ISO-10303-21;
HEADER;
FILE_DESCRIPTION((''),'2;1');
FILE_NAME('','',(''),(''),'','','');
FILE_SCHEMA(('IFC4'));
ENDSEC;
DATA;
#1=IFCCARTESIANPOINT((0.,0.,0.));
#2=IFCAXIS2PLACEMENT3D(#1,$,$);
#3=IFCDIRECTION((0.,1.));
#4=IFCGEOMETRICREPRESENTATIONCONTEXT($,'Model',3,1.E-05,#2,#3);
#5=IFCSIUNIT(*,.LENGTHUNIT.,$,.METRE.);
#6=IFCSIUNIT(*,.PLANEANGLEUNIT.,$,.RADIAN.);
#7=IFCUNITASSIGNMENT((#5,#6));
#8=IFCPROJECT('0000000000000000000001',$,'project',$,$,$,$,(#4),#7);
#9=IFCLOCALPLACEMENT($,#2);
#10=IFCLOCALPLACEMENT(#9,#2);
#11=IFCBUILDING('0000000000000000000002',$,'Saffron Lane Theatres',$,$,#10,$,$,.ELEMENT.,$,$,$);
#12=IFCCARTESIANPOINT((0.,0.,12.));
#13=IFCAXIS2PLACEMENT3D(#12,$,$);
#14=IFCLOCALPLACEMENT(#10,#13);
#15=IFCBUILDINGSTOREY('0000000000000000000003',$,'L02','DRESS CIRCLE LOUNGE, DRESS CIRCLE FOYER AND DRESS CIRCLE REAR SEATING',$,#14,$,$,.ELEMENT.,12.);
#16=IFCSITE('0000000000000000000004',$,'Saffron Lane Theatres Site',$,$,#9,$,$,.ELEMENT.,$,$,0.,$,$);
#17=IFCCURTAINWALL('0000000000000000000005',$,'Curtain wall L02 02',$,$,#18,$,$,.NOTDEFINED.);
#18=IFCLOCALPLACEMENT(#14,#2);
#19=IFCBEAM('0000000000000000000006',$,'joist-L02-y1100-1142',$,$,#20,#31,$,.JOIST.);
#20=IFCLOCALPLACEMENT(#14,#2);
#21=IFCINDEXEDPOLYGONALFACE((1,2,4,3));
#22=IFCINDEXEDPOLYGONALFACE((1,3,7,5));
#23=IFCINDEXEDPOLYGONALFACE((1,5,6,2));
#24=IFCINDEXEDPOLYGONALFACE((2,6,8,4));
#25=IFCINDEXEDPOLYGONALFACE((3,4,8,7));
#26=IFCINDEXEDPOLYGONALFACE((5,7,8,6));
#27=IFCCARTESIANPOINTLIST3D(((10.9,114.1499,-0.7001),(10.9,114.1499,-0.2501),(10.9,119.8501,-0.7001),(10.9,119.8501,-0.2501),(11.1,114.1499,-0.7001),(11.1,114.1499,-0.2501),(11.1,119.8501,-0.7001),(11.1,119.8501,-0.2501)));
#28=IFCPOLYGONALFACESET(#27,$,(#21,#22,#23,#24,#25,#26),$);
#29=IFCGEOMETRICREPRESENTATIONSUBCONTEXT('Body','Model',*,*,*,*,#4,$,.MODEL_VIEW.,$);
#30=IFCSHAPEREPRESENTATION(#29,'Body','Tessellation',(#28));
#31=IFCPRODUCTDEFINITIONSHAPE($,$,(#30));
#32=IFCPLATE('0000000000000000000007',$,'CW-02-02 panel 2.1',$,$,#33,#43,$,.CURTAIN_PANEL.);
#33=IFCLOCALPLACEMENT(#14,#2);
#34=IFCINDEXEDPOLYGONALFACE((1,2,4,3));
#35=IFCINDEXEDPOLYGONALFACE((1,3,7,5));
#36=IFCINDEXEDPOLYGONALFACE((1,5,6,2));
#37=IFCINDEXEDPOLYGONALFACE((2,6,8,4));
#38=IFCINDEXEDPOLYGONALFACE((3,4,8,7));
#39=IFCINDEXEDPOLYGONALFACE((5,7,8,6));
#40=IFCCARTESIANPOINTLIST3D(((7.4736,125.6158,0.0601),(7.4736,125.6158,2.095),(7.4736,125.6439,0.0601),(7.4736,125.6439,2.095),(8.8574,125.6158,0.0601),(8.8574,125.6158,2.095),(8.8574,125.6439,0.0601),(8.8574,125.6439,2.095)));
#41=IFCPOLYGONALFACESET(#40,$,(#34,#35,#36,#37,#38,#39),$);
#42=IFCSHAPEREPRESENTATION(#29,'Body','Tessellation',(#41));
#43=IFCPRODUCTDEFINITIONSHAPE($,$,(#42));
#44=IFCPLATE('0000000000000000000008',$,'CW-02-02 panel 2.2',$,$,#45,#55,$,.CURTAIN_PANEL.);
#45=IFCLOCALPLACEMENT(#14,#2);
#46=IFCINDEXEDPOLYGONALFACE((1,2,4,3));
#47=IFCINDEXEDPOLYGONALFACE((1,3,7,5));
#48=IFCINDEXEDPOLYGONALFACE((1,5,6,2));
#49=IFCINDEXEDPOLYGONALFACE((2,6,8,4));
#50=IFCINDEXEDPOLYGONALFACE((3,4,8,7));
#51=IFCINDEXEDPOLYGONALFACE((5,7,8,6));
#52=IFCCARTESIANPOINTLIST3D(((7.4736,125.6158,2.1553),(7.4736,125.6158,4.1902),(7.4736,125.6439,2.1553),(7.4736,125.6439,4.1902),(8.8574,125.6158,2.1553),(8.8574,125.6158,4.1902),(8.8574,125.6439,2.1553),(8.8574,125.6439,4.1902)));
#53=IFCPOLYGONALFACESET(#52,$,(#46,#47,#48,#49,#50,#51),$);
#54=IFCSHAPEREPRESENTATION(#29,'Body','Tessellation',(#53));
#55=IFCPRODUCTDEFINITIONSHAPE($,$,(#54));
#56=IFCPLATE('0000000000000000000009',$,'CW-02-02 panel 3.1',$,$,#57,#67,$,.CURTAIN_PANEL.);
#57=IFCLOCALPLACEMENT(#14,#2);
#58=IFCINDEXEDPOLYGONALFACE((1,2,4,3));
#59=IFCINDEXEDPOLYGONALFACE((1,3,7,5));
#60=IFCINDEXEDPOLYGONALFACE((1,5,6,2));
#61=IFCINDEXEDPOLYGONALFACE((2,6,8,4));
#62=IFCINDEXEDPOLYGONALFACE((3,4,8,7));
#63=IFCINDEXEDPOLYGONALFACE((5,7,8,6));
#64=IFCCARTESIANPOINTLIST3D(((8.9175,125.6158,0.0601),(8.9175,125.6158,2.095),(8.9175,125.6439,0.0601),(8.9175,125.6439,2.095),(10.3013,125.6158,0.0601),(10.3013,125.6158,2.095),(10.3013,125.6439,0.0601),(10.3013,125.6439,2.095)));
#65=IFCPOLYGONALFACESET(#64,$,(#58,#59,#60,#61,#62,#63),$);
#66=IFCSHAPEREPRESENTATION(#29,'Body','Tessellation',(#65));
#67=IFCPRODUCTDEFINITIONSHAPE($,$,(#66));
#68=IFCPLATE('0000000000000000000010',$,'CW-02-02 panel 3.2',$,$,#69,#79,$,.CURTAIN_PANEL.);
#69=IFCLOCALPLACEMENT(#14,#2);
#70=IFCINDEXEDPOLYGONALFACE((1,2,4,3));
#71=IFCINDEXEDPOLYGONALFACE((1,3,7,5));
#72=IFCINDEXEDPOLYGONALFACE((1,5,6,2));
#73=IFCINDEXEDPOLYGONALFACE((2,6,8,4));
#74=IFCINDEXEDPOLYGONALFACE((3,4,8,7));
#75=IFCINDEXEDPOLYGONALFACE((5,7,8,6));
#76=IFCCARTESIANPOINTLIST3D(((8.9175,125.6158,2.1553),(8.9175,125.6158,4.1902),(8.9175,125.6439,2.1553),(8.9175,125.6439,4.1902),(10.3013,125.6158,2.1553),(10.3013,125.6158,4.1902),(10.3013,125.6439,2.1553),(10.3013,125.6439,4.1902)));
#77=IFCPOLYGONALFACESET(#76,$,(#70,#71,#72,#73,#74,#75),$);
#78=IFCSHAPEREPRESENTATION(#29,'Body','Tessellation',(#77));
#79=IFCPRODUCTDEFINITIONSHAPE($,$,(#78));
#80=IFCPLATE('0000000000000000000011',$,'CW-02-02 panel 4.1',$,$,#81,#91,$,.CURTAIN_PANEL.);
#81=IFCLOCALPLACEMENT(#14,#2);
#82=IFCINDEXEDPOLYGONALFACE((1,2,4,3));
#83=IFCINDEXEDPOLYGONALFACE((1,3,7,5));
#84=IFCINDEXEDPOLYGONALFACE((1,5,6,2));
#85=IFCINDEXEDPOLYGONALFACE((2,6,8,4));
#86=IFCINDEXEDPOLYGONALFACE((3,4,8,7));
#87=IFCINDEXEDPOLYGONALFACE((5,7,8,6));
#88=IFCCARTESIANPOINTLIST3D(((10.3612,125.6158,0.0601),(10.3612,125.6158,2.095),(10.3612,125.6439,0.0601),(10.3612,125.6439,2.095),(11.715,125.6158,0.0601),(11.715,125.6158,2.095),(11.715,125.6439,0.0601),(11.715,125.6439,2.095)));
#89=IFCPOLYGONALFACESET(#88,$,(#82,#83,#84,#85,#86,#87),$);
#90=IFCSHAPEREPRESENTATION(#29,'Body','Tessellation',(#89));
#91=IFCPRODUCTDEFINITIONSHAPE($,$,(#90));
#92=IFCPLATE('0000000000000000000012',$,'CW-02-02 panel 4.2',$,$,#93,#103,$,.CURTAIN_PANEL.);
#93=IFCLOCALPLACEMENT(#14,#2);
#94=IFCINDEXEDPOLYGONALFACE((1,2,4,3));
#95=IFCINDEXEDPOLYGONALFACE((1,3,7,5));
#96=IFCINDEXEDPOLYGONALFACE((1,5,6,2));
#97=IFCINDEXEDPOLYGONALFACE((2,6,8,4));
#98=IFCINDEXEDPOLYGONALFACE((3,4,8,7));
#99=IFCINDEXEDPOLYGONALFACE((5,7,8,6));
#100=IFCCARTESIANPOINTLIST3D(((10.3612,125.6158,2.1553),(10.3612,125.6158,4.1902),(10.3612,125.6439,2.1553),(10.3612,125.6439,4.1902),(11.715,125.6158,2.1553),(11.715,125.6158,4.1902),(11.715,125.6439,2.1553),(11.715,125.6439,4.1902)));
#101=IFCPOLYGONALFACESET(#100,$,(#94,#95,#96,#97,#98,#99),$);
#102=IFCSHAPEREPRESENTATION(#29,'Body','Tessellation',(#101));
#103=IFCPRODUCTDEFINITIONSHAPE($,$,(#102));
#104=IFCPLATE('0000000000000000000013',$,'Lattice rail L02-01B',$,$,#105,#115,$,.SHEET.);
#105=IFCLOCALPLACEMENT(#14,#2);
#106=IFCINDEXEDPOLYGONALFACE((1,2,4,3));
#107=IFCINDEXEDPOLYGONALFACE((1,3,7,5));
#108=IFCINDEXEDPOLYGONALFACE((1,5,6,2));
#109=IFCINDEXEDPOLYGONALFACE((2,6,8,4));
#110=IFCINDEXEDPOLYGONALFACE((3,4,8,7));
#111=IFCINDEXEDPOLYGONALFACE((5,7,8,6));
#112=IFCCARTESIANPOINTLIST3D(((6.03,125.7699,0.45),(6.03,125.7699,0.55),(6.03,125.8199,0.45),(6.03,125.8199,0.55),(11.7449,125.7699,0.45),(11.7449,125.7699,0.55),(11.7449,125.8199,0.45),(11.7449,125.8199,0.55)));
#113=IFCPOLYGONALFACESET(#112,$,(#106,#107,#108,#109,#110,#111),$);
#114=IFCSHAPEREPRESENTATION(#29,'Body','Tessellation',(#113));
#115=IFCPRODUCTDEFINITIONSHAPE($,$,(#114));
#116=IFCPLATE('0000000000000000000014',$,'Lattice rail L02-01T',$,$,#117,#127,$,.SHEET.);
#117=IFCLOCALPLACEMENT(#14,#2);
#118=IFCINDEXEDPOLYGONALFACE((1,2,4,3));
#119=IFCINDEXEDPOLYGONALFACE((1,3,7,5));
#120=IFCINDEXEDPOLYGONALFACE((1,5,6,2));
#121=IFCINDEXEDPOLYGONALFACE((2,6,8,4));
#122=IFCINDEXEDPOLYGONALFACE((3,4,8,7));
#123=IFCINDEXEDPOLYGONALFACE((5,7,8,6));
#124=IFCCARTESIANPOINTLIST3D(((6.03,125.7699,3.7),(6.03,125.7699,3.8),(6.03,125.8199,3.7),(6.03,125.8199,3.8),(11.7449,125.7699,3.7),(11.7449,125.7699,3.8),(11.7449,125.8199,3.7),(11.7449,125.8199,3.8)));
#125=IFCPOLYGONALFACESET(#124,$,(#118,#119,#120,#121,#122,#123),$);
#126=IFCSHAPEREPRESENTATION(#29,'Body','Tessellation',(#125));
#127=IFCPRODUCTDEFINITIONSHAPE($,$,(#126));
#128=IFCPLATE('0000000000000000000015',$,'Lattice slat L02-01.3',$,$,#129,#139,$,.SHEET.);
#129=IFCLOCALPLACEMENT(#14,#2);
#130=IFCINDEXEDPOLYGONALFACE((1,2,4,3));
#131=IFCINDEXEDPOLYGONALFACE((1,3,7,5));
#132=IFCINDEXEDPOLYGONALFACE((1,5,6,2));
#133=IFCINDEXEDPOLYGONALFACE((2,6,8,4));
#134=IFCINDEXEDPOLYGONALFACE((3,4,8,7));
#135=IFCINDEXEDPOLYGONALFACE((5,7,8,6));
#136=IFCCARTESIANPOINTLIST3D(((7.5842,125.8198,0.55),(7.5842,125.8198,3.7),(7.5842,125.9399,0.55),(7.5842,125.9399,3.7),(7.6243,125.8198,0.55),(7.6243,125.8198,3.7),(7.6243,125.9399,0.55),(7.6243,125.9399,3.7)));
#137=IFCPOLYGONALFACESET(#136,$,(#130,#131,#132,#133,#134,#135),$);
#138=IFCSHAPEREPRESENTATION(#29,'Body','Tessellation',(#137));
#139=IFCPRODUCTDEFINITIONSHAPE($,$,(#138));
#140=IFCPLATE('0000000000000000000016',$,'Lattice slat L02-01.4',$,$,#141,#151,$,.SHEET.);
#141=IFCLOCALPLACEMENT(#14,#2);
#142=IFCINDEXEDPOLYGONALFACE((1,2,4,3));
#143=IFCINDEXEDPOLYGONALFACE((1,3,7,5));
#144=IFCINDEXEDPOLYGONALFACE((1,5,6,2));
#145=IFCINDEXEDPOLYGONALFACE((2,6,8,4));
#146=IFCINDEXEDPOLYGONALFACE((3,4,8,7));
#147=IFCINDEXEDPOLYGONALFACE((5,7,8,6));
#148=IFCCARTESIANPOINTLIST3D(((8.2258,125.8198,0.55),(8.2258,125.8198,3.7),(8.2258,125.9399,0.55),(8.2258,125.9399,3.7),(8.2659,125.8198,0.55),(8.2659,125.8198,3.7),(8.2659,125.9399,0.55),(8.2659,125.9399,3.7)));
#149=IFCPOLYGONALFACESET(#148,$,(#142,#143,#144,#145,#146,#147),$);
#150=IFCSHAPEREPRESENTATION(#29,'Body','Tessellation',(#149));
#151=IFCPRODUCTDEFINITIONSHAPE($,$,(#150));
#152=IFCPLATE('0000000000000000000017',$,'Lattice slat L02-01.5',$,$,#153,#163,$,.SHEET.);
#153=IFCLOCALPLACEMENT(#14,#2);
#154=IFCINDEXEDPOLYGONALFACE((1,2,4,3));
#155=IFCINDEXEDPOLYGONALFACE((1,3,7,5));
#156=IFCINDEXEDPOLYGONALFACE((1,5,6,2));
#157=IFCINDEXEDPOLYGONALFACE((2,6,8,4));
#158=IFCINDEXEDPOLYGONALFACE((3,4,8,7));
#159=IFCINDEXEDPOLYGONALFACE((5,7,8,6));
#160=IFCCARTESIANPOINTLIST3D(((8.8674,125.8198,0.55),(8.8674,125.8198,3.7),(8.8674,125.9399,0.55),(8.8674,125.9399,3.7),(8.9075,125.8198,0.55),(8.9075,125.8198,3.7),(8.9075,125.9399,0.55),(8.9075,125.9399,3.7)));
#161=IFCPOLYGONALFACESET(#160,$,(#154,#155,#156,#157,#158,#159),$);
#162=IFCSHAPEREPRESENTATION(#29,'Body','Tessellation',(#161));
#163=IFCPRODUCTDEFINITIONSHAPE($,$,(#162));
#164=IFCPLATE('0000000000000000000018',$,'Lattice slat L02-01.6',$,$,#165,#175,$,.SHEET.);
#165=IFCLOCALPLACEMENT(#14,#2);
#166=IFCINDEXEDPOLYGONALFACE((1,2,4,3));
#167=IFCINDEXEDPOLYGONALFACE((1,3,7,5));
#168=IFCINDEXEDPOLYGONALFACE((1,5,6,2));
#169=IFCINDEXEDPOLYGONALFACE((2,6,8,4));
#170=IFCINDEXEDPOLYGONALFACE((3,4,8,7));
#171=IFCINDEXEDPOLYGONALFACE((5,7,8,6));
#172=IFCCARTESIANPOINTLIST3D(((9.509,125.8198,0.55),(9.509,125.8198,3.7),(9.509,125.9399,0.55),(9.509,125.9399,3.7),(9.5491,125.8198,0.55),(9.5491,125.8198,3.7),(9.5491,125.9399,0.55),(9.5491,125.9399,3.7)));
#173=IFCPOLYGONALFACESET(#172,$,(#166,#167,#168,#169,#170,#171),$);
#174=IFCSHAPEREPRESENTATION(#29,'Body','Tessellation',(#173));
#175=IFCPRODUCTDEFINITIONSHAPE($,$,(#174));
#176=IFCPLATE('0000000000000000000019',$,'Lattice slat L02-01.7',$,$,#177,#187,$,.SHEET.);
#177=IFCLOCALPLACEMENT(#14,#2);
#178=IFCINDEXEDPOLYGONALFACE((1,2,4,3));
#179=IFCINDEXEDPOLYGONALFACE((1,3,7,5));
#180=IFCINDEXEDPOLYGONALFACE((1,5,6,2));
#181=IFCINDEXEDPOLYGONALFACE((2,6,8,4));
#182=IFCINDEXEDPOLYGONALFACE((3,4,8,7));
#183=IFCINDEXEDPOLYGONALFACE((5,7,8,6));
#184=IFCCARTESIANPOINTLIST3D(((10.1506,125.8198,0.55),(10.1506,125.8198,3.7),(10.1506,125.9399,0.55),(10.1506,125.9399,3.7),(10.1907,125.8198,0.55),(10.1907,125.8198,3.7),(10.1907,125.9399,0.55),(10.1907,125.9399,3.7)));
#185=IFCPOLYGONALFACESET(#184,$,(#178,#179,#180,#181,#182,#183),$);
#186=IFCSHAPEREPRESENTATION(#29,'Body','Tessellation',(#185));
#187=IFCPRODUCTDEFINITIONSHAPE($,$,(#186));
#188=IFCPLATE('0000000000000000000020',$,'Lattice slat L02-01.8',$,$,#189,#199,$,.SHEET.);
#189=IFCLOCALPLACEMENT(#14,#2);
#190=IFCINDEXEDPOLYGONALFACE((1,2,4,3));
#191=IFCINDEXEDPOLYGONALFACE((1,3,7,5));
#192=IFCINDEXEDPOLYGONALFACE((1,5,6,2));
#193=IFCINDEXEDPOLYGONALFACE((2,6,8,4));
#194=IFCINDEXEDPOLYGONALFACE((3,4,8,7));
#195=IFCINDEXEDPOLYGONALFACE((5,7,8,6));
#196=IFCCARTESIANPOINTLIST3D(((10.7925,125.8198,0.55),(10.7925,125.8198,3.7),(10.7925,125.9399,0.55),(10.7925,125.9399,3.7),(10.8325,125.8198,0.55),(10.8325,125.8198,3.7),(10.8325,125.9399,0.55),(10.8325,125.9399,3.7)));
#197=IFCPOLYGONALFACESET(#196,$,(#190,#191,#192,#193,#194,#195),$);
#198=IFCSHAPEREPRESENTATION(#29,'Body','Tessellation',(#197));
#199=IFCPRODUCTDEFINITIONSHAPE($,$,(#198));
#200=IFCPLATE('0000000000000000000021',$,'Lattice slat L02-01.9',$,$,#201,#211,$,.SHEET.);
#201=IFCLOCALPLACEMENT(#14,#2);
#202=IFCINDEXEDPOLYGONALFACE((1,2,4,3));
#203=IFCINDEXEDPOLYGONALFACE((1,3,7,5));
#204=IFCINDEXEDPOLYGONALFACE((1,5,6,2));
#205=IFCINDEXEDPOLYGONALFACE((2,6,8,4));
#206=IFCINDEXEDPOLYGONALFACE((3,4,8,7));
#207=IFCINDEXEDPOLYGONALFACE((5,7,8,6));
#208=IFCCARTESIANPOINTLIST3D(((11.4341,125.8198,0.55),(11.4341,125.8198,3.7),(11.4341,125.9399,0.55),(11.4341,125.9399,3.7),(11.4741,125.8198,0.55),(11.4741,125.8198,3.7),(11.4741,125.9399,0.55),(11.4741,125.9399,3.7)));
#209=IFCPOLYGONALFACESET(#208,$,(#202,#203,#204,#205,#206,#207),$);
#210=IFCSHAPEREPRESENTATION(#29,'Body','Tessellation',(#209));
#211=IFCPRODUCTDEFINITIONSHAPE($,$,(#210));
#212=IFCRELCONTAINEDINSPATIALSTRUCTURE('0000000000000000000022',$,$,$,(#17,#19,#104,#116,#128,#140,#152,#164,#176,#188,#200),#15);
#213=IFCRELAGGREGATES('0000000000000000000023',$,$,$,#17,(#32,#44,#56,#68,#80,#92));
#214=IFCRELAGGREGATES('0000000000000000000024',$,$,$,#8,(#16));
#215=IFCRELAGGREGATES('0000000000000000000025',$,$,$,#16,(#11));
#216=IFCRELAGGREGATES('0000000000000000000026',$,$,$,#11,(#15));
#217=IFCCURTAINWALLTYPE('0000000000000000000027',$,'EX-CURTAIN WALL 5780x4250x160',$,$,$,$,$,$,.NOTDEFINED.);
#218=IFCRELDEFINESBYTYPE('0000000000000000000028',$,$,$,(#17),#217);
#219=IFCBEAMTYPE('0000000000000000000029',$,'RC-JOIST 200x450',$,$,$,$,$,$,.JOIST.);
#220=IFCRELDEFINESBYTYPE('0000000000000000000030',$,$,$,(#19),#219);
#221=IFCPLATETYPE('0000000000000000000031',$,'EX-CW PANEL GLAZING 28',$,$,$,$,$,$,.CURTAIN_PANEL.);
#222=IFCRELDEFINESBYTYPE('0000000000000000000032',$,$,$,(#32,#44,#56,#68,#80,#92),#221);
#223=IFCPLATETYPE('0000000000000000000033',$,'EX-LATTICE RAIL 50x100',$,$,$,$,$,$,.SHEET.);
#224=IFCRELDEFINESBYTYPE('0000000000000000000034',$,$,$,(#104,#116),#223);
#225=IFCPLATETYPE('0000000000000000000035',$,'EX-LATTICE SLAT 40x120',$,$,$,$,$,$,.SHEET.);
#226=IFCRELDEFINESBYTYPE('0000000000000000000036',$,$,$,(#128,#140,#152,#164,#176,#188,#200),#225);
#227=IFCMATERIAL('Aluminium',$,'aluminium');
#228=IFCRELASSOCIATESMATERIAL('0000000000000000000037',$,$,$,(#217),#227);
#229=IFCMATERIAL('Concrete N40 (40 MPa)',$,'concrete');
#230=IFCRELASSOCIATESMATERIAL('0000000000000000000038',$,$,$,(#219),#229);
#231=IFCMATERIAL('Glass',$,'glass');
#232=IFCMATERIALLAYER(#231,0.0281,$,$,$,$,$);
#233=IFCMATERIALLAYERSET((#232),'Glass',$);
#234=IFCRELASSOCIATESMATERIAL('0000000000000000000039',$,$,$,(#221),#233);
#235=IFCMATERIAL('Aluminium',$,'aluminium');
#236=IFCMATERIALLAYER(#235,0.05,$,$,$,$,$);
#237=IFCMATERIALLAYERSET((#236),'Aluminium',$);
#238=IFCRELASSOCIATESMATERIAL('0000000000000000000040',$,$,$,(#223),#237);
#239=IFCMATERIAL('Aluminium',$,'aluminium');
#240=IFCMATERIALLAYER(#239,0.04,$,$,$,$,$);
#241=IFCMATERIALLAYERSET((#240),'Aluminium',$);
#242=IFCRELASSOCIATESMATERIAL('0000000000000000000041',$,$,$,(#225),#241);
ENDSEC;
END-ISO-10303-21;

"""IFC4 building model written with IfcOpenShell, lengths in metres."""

from ifc_helpers import new_model, si_unit, direction, frame, origin, origin_2d, place, context, subcontext, project, spatial, rectangle, extrude, material, layer, layer_set, material_profile, profile_set, type_object, element, aggregate, save


model = new_model("IFC4")

# Units and contexts
model_context = context("Model", 3, precision=1e-05, world=origin(), true_north=direction((0.0, 1.0)))
body_context = subcontext(model_context, "Body", "Model", "MODEL_VIEW")
ifc_project = project(units=[si_unit("LENGTHUNIT", "METRE"), si_unit("PLANEANGLEUNIT", "RADIAN")], contexts=[model_context])

# Site, building, storey
site_placement = place(None, origin())
site = spatial("IfcSite", under=ifc_project, at=site_placement, Name="Saffron Lane Theatres Site", CompositionType="ELEMENT", RefElevation=0.0)
building_placement = place(site_placement, origin())
building = spatial("IfcBuilding", under=site, at=building_placement, Name="Saffron Lane Theatres", CompositionType="ELEMENT")
storey_placement = place(building_placement, frame((0.0, 0.0, 12.0)))
storey = spatial("IfcBuildingStorey", under=building, at=storey_placement, Name="L02", Description="DRESS CIRCLE LOUNGE, DRESS CIRCLE FOYER AND DRESS CIRCLE REAR SEATING", CompositionType="ELEMENT", Elevation=12.0)

# Curtain wall
ifc_material_1 = material(Name="Aluminium", Category="aluminium")
curtain_wall_type = type_object("IfcCurtainWallType", Name="EX-CURTAIN WALL 5780x4250x160", PredefinedType="NOTDEFINED", material=ifc_material_1)
curtain_wall_placement = place(storey_placement, origin())
curtain_wall = element("IfcCurtainWall", 1, at=curtain_wall_placement, inside=storey, type_object=curtain_wall_type, Name="Curtain wall L02 02", PredefinedType="NOTDEFINED")

# Beam
ifc_material_2 = material(Name="Concrete N40 (40 MPa)", Category="concrete")
ifc_material_profile_1 = material_profile(ifc_material_2, rectangle(XDim=0.2, YDim=0.45, at=origin_2d()))
ifc_profile_set_1 = profile_set([ifc_material_profile_1], Name="Concrete N40 (40 MPa)")
beam_type = type_object("IfcBeamType", Name="RC-JOIST 200x450", PredefinedType="JOIST", material=ifc_profile_set_1)
for number, where, z_axis, x_axis, name in (
    (2, (11.0, 114.1499, -0.4751), (0.0, 1.0, 0.0), (-1.0, 0.0, 0.0), "joist-L02-y1100-1142"),
):
    element("IfcBeam", number, at=place(storey_placement, frame(where, z_axis=z_axis, x_axis=x_axis)), inside=storey, type_object=beam_type, Name=name, PredefinedType="JOIST", context=body_context, shape_type="SweptSolid", body=[
        extrude(rectangle(XDim=0.2, YDim=0.45, at=origin_2d()), origin(), (0.0, 0.0, 1.0), 5.7002),
    ])

# Plates
ifc_material_3 = material(Name="Glass", Category="glass")
ifc_layer_1 = layer(ifc_material_3, 0.0281)
ifc_layer_set_1 = layer_set([ifc_layer_1], Name="Glass")
plate_type_1 = type_object("IfcPlateType", Name="EX-CW PANEL GLAZING 28", PredefinedType="CURTAIN_PANEL", material=ifc_layer_set_1)
plate_1_placement = place(storey_placement, frame((8.1655, 125.6299, 0.0601), z_axis=(0.0, 0.0, 1.0), x_axis=(1.0, 0.0, 0.0)))
plate_1 = element("IfcPlate", 3, at=plate_1_placement, type_object=plate_type_1, Name="CW-02-02 panel 2.1", PredefinedType="CURTAIN_PANEL", context=body_context, shape_type="SweptSolid", body=[
    extrude(rectangle(XDim=1.3838, YDim=0.0281, at=origin_2d()), origin(), (0.0, 0.0, 1.0), 2.0349),
])
plate_2_placement = place(storey_placement, frame((8.1655, 125.6299, 2.1553), z_axis=(0.0, 0.0, 1.0), x_axis=(1.0, 0.0, 0.0)))
plate_2 = element("IfcPlate", 4, at=plate_2_placement, type_object=plate_type_1, Name="CW-02-02 panel 2.2", PredefinedType="CURTAIN_PANEL", context=body_context, shape_type="SweptSolid", body=[
    extrude(rectangle(XDim=1.3838, YDim=0.0281, at=origin_2d()), origin(), (0.0, 0.0, 1.0), 2.0349),
])
plate_3_placement = place(storey_placement, frame((9.6094, 125.6299, 0.0601), z_axis=(0.0, 0.0, 1.0), x_axis=(1.0, 0.0, 0.0)))
plate_3 = element("IfcPlate", 5, at=plate_3_placement, type_object=plate_type_1, Name="CW-02-02 panel 3.1", PredefinedType="CURTAIN_PANEL", context=body_context, shape_type="SweptSolid", body=[
    extrude(rectangle(XDim=1.3838, YDim=0.0281, at=origin_2d()), origin(), (0.0, 0.0, 1.0), 2.0349),
])
plate_4_placement = place(storey_placement, frame((9.6094, 125.6299, 2.1553), z_axis=(0.0, 0.0, 1.0), x_axis=(1.0, 0.0, 0.0)))
plate_4 = element("IfcPlate", 6, at=plate_4_placement, type_object=plate_type_1, Name="CW-02-02 panel 3.2", PredefinedType="CURTAIN_PANEL", context=body_context, shape_type="SweptSolid", body=[
    extrude(rectangle(XDim=1.3838, YDim=0.0281, at=origin_2d()), origin(), (0.0, 0.0, 1.0), 2.0349),
])
plate_5_placement = place(storey_placement, frame((11.0381, 125.6299, 0.0601), z_axis=(0.0, 0.0, 1.0), x_axis=(1.0, 0.0, 0.0)))
plate_5 = element("IfcPlate", 7, at=plate_5_placement, type_object=plate_type_1, Name="CW-02-02 panel 4.1", PredefinedType="CURTAIN_PANEL", context=body_context, shape_type="SweptSolid", body=[
    extrude(rectangle(XDim=1.3538, YDim=0.0281, at=origin_2d()), origin(), (0.0, 0.0, 1.0), 2.0349),
])
plate_6_placement = place(storey_placement, frame((11.0381, 125.6299, 2.1553), z_axis=(0.0, 0.0, 1.0), x_axis=(1.0, 0.0, 0.0)))
plate_6 = element("IfcPlate", 8, at=plate_6_placement, type_object=plate_type_1, Name="CW-02-02 panel 4.2", PredefinedType="CURTAIN_PANEL", context=body_context, shape_type="SweptSolid", body=[
    extrude(rectangle(XDim=1.3538, YDim=0.0281, at=origin_2d()), origin(), (0.0, 0.0, 1.0), 2.0349),
])
aggregate(curtain_wall, [plate_1, plate_2, plate_3, plate_4, plate_5, plate_6])

# Plates
ifc_material_4 = material(Name="Aluminium", Category="aluminium")
ifc_layer_2 = layer(ifc_material_4, 0.05)
ifc_layer_set_2 = layer_set([ifc_layer_2], Name="Aluminium")
plate_type_2 = type_object("IfcPlateType", Name="EX-LATTICE RAIL 50x100", PredefinedType="SHEET", material=ifc_layer_set_2)
for number, where, z_axis, x_axis, name in (
    (9, (8.8875, 125.7949, 0.45), (0.0, 0.0, 1.0), (1.0, 0.0, 0.0), "Lattice rail L02-01B"),
    (10, (8.8875, 125.7949, 3.7), (0.0, 0.0, 1.0), (1.0, 0.0, 0.0), "Lattice rail L02-01T"),
):
    element("IfcPlate", number, at=place(storey_placement, frame(where, z_axis=z_axis, x_axis=x_axis)), inside=storey, type_object=plate_type_2, Name=name, PredefinedType="SHEET", context=body_context, shape_type="SweptSolid", body=[
        extrude(rectangle(XDim=5.7148, YDim=0.05, at=origin_2d()), origin(), (0.0, 0.0, 1.0), 0.1001),
    ])
ifc_material_5 = material(Name="Aluminium", Category="aluminium")
ifc_layer_3 = layer(ifc_material_5, 0.04)
ifc_layer_set_3 = layer_set([ifc_layer_3], Name="Aluminium")
plate_type_3 = type_object("IfcPlateType", Name="EX-LATTICE SLAT 40x120", PredefinedType="SHEET", material=ifc_layer_set_3)
for number, where, z_axis, x_axis, name in (
    (11, (7.6042, 125.8799, 0.55), (0.0, 0.0, 1.0), (1.0, 0.0, 0.0), "Lattice slat L02-01.3"),
    (12, (8.2458, 125.8799, 0.55), (0.0, 0.0, 1.0), (1.0, 0.0, 0.0), "Lattice slat L02-01.4"),
    (13, (8.8875, 125.8799, 0.55), (0.0, 0.0, 1.0), (1.0, 0.0, 0.0), "Lattice slat L02-01.5"),
    (14, (9.5291, 125.8799, 0.55), (0.0, 0.0, 1.0), (1.0, 0.0, 0.0), "Lattice slat L02-01.6"),
    (15, (10.1707, 125.8799, 0.55), (0.0, 0.0, 1.0), (1.0, 0.0, 0.0), "Lattice slat L02-01.7"),
    (16, (10.8125, 125.8799, 0.55), (0.0, 0.0, 1.0), (1.0, 0.0, 0.0), "Lattice slat L02-01.8"),
    (17, (11.4541, 125.8799, 0.55), (0.0, 0.0, 1.0), (1.0, 0.0, 0.0), "Lattice slat L02-01.9"),
):
    element("IfcPlate", number, at=place(storey_placement, frame(where, z_axis=z_axis, x_axis=x_axis)), inside=storey, type_object=plate_type_3, Name=name, PredefinedType="SHEET", context=body_context, shape_type="SweptSolid", body=[
        extrude(rectangle(XDim=0.04, YDim=0.1201, at=origin_2d()), origin(), (0.0, 0.0, 1.0), 3.1499),
    ])

save(model, "model.ifc")
